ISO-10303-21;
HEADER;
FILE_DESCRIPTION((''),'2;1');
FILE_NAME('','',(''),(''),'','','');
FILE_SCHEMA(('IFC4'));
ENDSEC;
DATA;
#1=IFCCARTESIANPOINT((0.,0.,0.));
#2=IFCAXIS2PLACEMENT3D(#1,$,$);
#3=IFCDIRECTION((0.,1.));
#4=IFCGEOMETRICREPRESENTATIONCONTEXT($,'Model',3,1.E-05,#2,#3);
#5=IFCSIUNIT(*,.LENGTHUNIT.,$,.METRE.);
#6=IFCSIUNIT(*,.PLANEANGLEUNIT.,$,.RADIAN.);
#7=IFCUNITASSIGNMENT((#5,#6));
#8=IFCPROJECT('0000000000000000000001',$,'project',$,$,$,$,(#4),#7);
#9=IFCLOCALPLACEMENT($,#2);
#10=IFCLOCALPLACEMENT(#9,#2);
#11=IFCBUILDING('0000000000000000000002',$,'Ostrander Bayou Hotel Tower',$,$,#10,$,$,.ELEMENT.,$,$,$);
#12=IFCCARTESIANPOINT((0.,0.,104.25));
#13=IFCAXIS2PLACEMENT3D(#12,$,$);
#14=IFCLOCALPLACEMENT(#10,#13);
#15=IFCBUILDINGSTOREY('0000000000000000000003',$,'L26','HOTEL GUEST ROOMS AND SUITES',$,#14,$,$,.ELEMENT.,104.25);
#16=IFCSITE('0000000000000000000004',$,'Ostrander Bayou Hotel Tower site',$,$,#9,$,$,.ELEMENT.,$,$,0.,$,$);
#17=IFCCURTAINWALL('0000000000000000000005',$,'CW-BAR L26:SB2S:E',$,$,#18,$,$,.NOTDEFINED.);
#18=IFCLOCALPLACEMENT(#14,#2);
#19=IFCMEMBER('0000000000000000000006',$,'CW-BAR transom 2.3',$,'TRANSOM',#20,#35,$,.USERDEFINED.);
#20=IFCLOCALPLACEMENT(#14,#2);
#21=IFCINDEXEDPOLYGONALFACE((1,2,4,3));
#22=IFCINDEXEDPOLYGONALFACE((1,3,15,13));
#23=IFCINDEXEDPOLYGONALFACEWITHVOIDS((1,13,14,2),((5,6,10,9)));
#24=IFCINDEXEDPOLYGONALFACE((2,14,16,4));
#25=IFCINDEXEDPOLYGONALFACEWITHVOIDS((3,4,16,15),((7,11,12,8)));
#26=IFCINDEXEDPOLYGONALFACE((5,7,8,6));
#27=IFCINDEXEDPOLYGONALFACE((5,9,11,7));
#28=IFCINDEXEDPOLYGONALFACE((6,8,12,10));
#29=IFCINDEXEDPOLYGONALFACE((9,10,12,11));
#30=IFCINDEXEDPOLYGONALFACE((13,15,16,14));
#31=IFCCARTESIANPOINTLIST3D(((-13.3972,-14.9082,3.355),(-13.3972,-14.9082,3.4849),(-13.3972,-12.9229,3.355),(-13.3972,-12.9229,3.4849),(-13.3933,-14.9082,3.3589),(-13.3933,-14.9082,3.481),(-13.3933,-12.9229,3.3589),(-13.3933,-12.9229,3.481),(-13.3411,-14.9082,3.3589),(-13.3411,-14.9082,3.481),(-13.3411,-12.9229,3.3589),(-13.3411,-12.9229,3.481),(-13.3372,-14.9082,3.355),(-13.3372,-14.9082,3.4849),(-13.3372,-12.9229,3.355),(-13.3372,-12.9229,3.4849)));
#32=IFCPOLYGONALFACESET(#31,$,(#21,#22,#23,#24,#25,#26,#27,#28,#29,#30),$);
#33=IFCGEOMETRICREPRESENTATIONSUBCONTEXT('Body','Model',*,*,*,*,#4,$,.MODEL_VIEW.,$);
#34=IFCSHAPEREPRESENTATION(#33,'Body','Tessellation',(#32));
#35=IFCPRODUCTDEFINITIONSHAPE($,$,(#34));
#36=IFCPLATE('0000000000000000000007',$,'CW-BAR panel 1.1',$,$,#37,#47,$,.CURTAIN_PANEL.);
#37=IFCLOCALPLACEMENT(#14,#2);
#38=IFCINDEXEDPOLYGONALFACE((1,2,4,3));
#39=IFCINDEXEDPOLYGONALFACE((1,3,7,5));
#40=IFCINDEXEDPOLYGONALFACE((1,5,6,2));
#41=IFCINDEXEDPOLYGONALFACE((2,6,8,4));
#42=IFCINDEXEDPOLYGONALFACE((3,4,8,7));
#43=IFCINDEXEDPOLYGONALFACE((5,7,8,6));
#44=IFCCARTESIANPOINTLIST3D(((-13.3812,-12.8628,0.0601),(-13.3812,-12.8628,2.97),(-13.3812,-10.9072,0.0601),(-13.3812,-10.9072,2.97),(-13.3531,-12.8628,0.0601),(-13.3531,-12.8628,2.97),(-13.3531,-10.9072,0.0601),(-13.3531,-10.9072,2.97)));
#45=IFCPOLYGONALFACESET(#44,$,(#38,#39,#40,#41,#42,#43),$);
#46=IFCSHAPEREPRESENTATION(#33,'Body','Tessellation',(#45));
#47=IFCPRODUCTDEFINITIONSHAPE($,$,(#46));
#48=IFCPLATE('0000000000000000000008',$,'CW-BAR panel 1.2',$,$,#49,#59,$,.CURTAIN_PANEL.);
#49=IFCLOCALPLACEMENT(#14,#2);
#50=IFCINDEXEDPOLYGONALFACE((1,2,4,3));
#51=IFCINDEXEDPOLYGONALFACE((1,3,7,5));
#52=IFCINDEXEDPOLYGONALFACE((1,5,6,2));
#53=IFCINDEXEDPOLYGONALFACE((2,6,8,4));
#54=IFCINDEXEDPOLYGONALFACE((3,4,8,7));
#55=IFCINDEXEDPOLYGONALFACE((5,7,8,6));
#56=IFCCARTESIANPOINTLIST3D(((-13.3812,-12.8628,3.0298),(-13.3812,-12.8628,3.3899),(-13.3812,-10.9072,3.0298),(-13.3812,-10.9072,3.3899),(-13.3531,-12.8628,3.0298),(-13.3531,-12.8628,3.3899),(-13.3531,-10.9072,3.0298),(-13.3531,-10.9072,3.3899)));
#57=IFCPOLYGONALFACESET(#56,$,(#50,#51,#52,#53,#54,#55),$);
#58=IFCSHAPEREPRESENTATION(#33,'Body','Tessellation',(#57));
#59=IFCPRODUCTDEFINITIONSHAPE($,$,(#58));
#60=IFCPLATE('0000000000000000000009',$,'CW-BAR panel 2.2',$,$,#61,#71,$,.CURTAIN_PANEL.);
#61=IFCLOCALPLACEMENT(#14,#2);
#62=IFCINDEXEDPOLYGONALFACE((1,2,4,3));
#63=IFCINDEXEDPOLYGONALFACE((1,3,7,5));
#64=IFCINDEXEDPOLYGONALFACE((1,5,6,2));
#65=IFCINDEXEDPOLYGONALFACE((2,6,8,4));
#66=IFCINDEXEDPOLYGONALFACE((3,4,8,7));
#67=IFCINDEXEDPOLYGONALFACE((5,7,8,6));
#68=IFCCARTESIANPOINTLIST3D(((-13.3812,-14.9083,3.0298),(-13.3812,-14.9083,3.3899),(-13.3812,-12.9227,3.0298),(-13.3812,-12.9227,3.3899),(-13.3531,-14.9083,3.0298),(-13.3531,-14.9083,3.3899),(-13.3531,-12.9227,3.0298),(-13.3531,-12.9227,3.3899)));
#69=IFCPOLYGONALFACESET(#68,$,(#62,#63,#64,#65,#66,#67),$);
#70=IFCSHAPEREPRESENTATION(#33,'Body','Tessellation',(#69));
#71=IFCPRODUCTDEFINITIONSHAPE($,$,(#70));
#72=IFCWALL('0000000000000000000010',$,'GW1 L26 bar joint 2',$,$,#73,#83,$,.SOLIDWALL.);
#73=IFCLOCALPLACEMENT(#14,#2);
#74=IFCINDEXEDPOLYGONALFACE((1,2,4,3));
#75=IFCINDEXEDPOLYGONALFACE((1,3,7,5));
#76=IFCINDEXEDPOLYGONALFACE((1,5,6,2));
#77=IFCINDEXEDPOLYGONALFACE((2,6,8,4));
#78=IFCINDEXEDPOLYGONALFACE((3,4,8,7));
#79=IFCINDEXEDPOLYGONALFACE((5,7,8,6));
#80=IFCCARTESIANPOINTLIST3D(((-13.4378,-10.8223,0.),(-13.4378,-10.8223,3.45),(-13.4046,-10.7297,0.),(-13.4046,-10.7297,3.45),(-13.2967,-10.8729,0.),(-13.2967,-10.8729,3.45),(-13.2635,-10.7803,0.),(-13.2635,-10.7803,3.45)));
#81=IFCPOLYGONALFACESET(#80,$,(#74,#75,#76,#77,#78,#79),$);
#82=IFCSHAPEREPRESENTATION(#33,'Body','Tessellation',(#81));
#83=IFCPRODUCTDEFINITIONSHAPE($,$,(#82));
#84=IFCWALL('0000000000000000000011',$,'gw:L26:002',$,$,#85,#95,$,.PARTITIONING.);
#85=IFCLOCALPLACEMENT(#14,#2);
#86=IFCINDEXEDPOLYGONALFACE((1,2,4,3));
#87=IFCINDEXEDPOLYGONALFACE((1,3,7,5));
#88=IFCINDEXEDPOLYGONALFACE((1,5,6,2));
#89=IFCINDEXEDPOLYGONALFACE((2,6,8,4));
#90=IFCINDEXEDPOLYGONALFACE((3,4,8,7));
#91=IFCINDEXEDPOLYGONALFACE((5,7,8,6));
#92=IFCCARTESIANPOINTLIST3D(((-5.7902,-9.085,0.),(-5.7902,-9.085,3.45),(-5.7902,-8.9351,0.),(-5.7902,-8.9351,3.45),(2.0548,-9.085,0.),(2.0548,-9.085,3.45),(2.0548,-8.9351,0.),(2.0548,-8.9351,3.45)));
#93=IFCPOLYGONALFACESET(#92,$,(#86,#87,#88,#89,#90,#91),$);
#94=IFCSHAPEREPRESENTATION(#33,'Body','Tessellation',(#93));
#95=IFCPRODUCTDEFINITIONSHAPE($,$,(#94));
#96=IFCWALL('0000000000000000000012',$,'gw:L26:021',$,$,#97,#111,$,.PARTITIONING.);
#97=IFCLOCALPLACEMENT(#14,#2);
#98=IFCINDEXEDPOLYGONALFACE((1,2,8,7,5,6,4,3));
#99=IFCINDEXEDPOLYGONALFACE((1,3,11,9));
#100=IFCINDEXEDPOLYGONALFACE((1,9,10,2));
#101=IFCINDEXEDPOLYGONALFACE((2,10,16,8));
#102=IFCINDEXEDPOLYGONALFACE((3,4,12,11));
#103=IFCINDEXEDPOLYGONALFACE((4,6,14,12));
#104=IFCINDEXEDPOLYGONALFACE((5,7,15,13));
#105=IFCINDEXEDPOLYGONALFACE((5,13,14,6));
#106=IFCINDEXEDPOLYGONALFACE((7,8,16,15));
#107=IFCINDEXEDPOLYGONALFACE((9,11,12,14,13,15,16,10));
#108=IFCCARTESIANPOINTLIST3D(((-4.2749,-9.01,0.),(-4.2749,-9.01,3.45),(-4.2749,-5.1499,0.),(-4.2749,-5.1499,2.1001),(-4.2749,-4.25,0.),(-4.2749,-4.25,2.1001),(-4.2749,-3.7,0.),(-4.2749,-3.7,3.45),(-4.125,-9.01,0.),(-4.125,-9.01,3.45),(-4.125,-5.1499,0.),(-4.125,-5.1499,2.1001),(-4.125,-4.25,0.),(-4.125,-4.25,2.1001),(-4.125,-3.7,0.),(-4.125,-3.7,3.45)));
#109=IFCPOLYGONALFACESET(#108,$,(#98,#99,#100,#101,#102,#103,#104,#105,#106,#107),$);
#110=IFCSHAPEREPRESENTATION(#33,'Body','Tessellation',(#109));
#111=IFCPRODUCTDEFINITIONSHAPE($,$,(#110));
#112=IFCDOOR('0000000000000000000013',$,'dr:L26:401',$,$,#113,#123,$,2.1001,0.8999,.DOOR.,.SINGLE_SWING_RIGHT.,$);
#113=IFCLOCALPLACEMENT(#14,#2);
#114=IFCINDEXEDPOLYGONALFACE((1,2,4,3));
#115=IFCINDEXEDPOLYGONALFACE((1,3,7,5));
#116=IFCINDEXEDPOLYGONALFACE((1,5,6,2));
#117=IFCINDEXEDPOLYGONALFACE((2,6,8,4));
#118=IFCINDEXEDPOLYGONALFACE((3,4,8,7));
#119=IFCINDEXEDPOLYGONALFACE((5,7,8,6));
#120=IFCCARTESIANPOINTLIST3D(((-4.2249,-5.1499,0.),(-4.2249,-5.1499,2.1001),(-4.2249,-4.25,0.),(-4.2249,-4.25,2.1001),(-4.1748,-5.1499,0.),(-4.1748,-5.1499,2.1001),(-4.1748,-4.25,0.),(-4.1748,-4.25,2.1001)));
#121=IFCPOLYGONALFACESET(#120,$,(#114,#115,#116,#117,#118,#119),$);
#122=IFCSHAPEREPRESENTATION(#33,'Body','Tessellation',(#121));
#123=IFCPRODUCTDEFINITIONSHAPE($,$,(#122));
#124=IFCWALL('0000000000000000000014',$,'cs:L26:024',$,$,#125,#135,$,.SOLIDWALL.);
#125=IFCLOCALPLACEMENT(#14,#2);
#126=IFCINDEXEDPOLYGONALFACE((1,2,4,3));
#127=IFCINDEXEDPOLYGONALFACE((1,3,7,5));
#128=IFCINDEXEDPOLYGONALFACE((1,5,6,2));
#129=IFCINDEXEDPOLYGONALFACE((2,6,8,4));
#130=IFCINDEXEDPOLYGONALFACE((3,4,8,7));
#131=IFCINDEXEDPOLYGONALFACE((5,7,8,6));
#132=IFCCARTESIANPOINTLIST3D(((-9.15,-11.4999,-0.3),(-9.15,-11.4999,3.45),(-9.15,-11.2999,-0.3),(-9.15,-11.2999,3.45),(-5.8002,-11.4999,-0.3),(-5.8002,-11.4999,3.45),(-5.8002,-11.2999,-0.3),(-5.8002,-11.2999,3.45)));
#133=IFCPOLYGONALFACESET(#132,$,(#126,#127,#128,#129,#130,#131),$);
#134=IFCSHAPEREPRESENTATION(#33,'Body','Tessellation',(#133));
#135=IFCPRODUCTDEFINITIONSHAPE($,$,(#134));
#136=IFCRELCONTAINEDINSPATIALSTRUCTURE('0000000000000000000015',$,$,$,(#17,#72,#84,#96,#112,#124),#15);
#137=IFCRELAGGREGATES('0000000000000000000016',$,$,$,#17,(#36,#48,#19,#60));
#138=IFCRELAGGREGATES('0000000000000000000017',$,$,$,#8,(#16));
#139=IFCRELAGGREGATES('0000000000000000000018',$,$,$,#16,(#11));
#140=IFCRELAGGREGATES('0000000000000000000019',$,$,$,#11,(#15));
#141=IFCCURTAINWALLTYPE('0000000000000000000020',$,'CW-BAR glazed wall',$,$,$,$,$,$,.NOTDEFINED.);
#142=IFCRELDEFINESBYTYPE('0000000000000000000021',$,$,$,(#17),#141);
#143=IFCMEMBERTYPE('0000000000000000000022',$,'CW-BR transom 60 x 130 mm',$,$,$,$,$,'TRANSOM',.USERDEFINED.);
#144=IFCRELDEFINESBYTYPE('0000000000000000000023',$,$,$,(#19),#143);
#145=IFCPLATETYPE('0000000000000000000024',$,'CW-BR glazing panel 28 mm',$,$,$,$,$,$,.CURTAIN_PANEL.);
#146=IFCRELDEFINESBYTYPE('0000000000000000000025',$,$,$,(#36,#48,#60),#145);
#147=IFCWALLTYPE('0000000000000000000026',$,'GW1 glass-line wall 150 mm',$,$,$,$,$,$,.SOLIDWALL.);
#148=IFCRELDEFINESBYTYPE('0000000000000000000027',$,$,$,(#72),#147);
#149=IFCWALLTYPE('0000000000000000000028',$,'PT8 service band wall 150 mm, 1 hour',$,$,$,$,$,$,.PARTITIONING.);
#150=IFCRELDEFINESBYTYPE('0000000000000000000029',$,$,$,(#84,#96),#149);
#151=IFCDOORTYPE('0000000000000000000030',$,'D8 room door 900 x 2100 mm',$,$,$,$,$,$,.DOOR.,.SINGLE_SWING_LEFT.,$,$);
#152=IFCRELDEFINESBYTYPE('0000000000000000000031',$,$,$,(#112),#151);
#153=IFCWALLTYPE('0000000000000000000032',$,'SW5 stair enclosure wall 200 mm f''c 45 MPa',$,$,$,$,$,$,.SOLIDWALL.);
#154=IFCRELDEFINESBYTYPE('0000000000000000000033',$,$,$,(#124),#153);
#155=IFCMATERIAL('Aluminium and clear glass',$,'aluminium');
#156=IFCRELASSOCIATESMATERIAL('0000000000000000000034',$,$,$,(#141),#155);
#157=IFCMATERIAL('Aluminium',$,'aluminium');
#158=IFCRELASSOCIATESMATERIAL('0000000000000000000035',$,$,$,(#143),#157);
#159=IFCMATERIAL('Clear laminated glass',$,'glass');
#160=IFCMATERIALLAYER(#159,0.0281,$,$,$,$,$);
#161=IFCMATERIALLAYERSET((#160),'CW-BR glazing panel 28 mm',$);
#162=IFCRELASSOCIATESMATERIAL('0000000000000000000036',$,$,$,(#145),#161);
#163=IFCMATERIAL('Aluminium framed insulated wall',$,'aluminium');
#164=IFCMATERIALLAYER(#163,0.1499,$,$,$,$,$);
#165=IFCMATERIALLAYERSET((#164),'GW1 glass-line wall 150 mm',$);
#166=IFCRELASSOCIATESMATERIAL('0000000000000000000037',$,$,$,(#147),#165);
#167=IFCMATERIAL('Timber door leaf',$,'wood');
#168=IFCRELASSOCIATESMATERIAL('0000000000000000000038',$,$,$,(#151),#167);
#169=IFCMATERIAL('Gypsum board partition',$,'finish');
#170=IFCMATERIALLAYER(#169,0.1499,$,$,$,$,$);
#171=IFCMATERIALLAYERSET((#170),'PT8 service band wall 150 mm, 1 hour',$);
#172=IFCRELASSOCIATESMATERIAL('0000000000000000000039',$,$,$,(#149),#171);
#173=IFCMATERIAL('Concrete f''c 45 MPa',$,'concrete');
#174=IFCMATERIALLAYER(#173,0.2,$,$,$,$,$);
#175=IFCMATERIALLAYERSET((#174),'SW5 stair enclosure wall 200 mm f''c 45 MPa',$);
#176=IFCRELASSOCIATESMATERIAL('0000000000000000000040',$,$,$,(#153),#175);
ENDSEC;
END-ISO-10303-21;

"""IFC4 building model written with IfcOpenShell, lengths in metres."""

from ifc_helpers import new_model, si_unit, direction, frame, frame_2d, origin, origin_2d, place, context, subcontext, project, spatial, rectangle, hollow_rectangle, extrude, material, layer, layer_set, material_profile, profile_set, type_object, element, fill, aggregate, save


model = new_model("IFC4")

# Units and contexts
model_context = context("Model", 3, precision=1e-05, world=origin(), true_north=direction((0.0, 1.0)))
body_context = subcontext(model_context, "Body", "Model", "MODEL_VIEW")
ifc_project = project(units=[si_unit("LENGTHUNIT", "METRE"), si_unit("PLANEANGLEUNIT", "RADIAN")], contexts=[model_context])

# Site, building, storey
site_placement = place(None, origin())
site = spatial("IfcSite", under=ifc_project, at=site_placement, Name="Ostrander Bayou Hotel Tower site", CompositionType="ELEMENT", RefElevation=0.0)
building_placement = place(site_placement, origin())
building = spatial("IfcBuilding", under=site, at=building_placement, Name="Ostrander Bayou Hotel Tower", CompositionType="ELEMENT")
storey_placement = place(building_placement, frame((0.0, 0.0, 104.25)))
storey = spatial("IfcBuildingStorey", under=building, at=storey_placement, Name="L26", Description="HOTEL GUEST ROOMS AND SUITES", CompositionType="ELEMENT", Elevation=104.25)

# Curtain wall, member, plates
ifc_material_1 = material(Name="Aluminium and clear glass", Category="aluminium")
curtain_wall_type = type_object("IfcCurtainWallType", Name="CW-BAR glazed wall", PredefinedType="NOTDEFINED", material=ifc_material_1)
curtain_wall_placement = place(storey_placement, origin())
curtain_wall = element("IfcCurtainWall", 1, at=curtain_wall_placement, inside=storey, type_object=curtain_wall_type, Name="CW-BAR L26:SB2S:E", PredefinedType="NOTDEFINED")
ifc_material_2 = material(Name="Aluminium", Category="aluminium")
ifc_material_profile_1 = material_profile(ifc_material_2, hollow_rectangle(XDim=0.0601, YDim=0.1299, WallThickness=0.0039, at=origin_2d()))
ifc_profile_set_1 = profile_set([ifc_material_profile_1], Name="Aluminium")
member_type_1 = type_object("IfcMemberType", Name="CW-BR transom 60 x 130 mm", ElementType="TRANSOM", PredefinedType="USERDEFINED", material=ifc_profile_set_1)
member_1_placement = place(storey_placement, frame((-13.3672, -12.9229, 3.4199), z_axis=(0.0, -1.0, 0.0), x_axis=(1.0, 0.0, 0.0)))
member_1 = element("IfcMember", 2, at=member_1_placement, type_object=member_type_1, Name="CW-BAR transom 2.3", ObjectType="TRANSOM", PredefinedType="USERDEFINED", context=body_context, shape_type="SweptSolid", body=[
    extrude(hollow_rectangle(XDim=0.0601, YDim=0.1299, WallThickness=0.0039, at=origin_2d()), origin(), (0.0, 0.0, 1.0), 1.9854),
])
ifc_material_3 = material(Name="Clear laminated glass", Category="glass")
ifc_layer_1 = layer(ifc_material_3, 0.0281)
ifc_layer_set_1 = layer_set([ifc_layer_1], Name="CW-BR glazing panel 28 mm")
plate_type = type_object("IfcPlateType", Name="CW-BR glazing panel 28 mm", PredefinedType="CURTAIN_PANEL", material=ifc_layer_set_1)
plate_1_placement = place(storey_placement, frame((-13.3672, -11.885, 0.0601), z_axis=(0.0, 0.0, 1.0), x_axis=(0.0, -1.0, 0.0)))
plate_1 = element("IfcPlate", 3, at=plate_1_placement, type_object=plate_type, Name="CW-BAR panel 1.1", PredefinedType="CURTAIN_PANEL", context=body_context, shape_type="SweptSolid", body=[
    extrude(rectangle(XDim=1.9556, YDim=0.0281, at=origin_2d()), origin(), (0.0, 0.0, 1.0), 2.9099),
])
plate_2_placement = place(storey_placement, frame((-13.3672, -11.885, 3.0298), z_axis=(0.0, 0.0, 1.0), x_axis=(0.0, -1.0, 0.0)))
plate_2 = element("IfcPlate", 4, at=plate_2_placement, type_object=plate_type, Name="CW-BAR panel 1.2", PredefinedType="CURTAIN_PANEL", context=body_context, shape_type="SweptSolid", body=[
    extrude(rectangle(XDim=1.9556, YDim=0.0281, at=origin_2d()), origin(), (0.0, 0.0, 1.0), 0.3601),
])
plate_3_placement = place(storey_placement, frame((-13.3672, -13.9155, 3.0298), z_axis=(0.0, 0.0, 1.0), x_axis=(0.0, -1.0, 0.0)))
plate_3 = element("IfcPlate", 5, at=plate_3_placement, type_object=plate_type, Name="CW-BAR panel 2.2", PredefinedType="CURTAIN_PANEL", context=body_context, shape_type="SweptSolid", body=[
    extrude(rectangle(XDim=1.9856, YDim=0.0281, at=origin_2d()), origin(), (0.0, 0.0, 1.0), 0.3601),
])
aggregate(curtain_wall, [plate_1, plate_2, member_1, plate_3])

# Wall
ifc_material_4 = material(Name="Aluminium framed insulated wall", Category="aluminium")
ifc_layer_2 = layer(ifc_material_4, 0.1499)
ifc_layer_set_2 = layer_set([ifc_layer_2], Name="GW1 glass-line wall 150 mm")
wall_type_1 = type_object("IfcWallType", Name="GW1 glass-line wall 150 mm", PredefinedType="SOLIDWALL", material=ifc_layer_set_2)
wall_1_placement = place(storey_placement, frame((-13.334, -10.7549, 0.0), z_axis=(0.0, 0.0, 1.0), x_axis=(-0.337752, -0.941235, 0.0)))
element("IfcWall", 6, at=wall_1_placement, inside=storey, type_object=wall_type_1, Name="GW1 L26 bar joint 2", PredefinedType="SOLIDWALL", context=body_context, shape_type="SweptSolid", body=[
    extrude(rectangle(XDim=0.0984, YDim=0.1499, at=frame_2d((0.0493, 0.0))), origin(), (0.0, 0.0, 1.0), 3.45),
])

# Shared definitions
ifc_material_5 = material(Name="Timber door leaf", Category="wood")
door_type_1 = type_object("IfcDoorType", Name="D8 room door 900 x 2100 mm", OperationType="SINGLE_SWING_LEFT", PredefinedType="DOOR", material=ifc_material_5)

# Wall
ifc_material_6 = material(Name="Gypsum board partition", Category="finish")
ifc_layer_3 = layer(ifc_material_6, 0.1499)
ifc_layer_set_3 = layer_set([ifc_layer_3], Name="PT8 service band wall 150 mm, 1 hour")
wall_type_2 = type_object("IfcWallType", Name="PT8 service band wall 150 mm, 1 hour", PredefinedType="PARTITIONING", material=ifc_layer_set_3)
wall_2_placement = place(storey_placement, frame((-5.79, -9.01, 0.0), z_axis=(0.0, 0.0, 1.0), x_axis=(1.0, 0.0, 0.0)))
element("IfcWall", 7, at=wall_2_placement, inside=storey, type_object=wall_type_2, Name="gw:L26:002", PredefinedType="PARTITIONING", context=body_context, shape_type="SweptSolid", body=[
    extrude(rectangle(XDim=7.845, YDim=0.1499, at=frame_2d((3.9224, 0.0))), origin(), (0.0, 0.0, 1.0), 3.45),
])

# Wall, opening, door
wall_3_placement = place(storey_placement, frame((-4.2, -9.01, 0.0), z_axis=(0.0, 0.0, 1.0), x_axis=(0.0, 1.0, 0.0)))
wall_3 = element("IfcWall", 8, at=wall_3_placement, inside=storey, type_object=wall_type_2, Name="gw:L26:021", PredefinedType="PARTITIONING", context=body_context, shape_type="SweptSolid", body=[
    extrude(rectangle(XDim=5.3101, YDim=0.1499, at=frame_2d((2.655, 0.0))), origin(), (0.0, 0.0, 1.0), 3.45),
])
opening_1_placement = place(wall_3_placement, frame((3.8601, 0.0, 0.0)))
opening_1 = element("IfcOpeningElement", 9, at=opening_1_placement, cuts=wall_3, PredefinedType="OPENING", context=body_context, shape_type="SweptSolid", body=[
    extrude(rectangle(XDim=0.8999, YDim=2.1001, at=frame_2d((0.45, 1.05))), frame((0.0, 0.075, 0.0), z_axis=(0.0, -1.0, 0.0), x_axis=(1.0, 0.0, 0.0)), (0.0, 0.0, 1.0), 0.1499),
])
door_1_placement = place(opening_1_placement, origin())
door_1 = element("IfcDoor", 10, at=door_1_placement, inside=storey, type_object=door_type_1, Name="dr:L26:401", OperationType="SINGLE_SWING_RIGHT", OverallHeight=2.1001, OverallWidth=0.8999, PredefinedType="DOOR", context=body_context, shape_type="SweptSolid", body=[
    extrude(rectangle(XDim=0.8999, YDim=2.1001, at=frame_2d((0.45, 1.05))), frame((0.0, 0.0249, 0.0), z_axis=(0.0, -1.0, 0.0), x_axis=(1.0, 0.0, 0.0)), (0.0, 0.0, 1.0), 0.05),
])
fill(opening_1, door_1)

# Wall
ifc_material_7 = material(Name="Concrete f'c 45 MPa", Category="concrete")
ifc_layer_4 = layer(ifc_material_7, 0.2)
ifc_layer_set_4 = layer_set([ifc_layer_4], Name="SW5 stair enclosure wall 200 mm f'c 45 MPa")
wall_type_3 = type_object("IfcWallType", Name="SW5 stair enclosure wall 200 mm f'c 45 MPa", PredefinedType="SOLIDWALL", material=ifc_layer_set_4)
wall_4_placement = place(storey_placement, frame((-9.1499, -11.3999, -0.3), z_axis=(0.0, 0.0, 1.0), x_axis=(1.0, 0.0, 0.0)))
element("IfcWall", 11, at=wall_4_placement, inside=storey, type_object=wall_type_3, Name="cs:L26:024", PredefinedType="SOLIDWALL", context=body_context, shape_type="SweptSolid", body=[
    extrude(rectangle(XDim=3.3499, YDim=0.2, at=frame_2d((1.6748, 0.0))), origin(), (0.0, 0.0, 1.0), 3.75),
])

save(model, "model.ifc")
